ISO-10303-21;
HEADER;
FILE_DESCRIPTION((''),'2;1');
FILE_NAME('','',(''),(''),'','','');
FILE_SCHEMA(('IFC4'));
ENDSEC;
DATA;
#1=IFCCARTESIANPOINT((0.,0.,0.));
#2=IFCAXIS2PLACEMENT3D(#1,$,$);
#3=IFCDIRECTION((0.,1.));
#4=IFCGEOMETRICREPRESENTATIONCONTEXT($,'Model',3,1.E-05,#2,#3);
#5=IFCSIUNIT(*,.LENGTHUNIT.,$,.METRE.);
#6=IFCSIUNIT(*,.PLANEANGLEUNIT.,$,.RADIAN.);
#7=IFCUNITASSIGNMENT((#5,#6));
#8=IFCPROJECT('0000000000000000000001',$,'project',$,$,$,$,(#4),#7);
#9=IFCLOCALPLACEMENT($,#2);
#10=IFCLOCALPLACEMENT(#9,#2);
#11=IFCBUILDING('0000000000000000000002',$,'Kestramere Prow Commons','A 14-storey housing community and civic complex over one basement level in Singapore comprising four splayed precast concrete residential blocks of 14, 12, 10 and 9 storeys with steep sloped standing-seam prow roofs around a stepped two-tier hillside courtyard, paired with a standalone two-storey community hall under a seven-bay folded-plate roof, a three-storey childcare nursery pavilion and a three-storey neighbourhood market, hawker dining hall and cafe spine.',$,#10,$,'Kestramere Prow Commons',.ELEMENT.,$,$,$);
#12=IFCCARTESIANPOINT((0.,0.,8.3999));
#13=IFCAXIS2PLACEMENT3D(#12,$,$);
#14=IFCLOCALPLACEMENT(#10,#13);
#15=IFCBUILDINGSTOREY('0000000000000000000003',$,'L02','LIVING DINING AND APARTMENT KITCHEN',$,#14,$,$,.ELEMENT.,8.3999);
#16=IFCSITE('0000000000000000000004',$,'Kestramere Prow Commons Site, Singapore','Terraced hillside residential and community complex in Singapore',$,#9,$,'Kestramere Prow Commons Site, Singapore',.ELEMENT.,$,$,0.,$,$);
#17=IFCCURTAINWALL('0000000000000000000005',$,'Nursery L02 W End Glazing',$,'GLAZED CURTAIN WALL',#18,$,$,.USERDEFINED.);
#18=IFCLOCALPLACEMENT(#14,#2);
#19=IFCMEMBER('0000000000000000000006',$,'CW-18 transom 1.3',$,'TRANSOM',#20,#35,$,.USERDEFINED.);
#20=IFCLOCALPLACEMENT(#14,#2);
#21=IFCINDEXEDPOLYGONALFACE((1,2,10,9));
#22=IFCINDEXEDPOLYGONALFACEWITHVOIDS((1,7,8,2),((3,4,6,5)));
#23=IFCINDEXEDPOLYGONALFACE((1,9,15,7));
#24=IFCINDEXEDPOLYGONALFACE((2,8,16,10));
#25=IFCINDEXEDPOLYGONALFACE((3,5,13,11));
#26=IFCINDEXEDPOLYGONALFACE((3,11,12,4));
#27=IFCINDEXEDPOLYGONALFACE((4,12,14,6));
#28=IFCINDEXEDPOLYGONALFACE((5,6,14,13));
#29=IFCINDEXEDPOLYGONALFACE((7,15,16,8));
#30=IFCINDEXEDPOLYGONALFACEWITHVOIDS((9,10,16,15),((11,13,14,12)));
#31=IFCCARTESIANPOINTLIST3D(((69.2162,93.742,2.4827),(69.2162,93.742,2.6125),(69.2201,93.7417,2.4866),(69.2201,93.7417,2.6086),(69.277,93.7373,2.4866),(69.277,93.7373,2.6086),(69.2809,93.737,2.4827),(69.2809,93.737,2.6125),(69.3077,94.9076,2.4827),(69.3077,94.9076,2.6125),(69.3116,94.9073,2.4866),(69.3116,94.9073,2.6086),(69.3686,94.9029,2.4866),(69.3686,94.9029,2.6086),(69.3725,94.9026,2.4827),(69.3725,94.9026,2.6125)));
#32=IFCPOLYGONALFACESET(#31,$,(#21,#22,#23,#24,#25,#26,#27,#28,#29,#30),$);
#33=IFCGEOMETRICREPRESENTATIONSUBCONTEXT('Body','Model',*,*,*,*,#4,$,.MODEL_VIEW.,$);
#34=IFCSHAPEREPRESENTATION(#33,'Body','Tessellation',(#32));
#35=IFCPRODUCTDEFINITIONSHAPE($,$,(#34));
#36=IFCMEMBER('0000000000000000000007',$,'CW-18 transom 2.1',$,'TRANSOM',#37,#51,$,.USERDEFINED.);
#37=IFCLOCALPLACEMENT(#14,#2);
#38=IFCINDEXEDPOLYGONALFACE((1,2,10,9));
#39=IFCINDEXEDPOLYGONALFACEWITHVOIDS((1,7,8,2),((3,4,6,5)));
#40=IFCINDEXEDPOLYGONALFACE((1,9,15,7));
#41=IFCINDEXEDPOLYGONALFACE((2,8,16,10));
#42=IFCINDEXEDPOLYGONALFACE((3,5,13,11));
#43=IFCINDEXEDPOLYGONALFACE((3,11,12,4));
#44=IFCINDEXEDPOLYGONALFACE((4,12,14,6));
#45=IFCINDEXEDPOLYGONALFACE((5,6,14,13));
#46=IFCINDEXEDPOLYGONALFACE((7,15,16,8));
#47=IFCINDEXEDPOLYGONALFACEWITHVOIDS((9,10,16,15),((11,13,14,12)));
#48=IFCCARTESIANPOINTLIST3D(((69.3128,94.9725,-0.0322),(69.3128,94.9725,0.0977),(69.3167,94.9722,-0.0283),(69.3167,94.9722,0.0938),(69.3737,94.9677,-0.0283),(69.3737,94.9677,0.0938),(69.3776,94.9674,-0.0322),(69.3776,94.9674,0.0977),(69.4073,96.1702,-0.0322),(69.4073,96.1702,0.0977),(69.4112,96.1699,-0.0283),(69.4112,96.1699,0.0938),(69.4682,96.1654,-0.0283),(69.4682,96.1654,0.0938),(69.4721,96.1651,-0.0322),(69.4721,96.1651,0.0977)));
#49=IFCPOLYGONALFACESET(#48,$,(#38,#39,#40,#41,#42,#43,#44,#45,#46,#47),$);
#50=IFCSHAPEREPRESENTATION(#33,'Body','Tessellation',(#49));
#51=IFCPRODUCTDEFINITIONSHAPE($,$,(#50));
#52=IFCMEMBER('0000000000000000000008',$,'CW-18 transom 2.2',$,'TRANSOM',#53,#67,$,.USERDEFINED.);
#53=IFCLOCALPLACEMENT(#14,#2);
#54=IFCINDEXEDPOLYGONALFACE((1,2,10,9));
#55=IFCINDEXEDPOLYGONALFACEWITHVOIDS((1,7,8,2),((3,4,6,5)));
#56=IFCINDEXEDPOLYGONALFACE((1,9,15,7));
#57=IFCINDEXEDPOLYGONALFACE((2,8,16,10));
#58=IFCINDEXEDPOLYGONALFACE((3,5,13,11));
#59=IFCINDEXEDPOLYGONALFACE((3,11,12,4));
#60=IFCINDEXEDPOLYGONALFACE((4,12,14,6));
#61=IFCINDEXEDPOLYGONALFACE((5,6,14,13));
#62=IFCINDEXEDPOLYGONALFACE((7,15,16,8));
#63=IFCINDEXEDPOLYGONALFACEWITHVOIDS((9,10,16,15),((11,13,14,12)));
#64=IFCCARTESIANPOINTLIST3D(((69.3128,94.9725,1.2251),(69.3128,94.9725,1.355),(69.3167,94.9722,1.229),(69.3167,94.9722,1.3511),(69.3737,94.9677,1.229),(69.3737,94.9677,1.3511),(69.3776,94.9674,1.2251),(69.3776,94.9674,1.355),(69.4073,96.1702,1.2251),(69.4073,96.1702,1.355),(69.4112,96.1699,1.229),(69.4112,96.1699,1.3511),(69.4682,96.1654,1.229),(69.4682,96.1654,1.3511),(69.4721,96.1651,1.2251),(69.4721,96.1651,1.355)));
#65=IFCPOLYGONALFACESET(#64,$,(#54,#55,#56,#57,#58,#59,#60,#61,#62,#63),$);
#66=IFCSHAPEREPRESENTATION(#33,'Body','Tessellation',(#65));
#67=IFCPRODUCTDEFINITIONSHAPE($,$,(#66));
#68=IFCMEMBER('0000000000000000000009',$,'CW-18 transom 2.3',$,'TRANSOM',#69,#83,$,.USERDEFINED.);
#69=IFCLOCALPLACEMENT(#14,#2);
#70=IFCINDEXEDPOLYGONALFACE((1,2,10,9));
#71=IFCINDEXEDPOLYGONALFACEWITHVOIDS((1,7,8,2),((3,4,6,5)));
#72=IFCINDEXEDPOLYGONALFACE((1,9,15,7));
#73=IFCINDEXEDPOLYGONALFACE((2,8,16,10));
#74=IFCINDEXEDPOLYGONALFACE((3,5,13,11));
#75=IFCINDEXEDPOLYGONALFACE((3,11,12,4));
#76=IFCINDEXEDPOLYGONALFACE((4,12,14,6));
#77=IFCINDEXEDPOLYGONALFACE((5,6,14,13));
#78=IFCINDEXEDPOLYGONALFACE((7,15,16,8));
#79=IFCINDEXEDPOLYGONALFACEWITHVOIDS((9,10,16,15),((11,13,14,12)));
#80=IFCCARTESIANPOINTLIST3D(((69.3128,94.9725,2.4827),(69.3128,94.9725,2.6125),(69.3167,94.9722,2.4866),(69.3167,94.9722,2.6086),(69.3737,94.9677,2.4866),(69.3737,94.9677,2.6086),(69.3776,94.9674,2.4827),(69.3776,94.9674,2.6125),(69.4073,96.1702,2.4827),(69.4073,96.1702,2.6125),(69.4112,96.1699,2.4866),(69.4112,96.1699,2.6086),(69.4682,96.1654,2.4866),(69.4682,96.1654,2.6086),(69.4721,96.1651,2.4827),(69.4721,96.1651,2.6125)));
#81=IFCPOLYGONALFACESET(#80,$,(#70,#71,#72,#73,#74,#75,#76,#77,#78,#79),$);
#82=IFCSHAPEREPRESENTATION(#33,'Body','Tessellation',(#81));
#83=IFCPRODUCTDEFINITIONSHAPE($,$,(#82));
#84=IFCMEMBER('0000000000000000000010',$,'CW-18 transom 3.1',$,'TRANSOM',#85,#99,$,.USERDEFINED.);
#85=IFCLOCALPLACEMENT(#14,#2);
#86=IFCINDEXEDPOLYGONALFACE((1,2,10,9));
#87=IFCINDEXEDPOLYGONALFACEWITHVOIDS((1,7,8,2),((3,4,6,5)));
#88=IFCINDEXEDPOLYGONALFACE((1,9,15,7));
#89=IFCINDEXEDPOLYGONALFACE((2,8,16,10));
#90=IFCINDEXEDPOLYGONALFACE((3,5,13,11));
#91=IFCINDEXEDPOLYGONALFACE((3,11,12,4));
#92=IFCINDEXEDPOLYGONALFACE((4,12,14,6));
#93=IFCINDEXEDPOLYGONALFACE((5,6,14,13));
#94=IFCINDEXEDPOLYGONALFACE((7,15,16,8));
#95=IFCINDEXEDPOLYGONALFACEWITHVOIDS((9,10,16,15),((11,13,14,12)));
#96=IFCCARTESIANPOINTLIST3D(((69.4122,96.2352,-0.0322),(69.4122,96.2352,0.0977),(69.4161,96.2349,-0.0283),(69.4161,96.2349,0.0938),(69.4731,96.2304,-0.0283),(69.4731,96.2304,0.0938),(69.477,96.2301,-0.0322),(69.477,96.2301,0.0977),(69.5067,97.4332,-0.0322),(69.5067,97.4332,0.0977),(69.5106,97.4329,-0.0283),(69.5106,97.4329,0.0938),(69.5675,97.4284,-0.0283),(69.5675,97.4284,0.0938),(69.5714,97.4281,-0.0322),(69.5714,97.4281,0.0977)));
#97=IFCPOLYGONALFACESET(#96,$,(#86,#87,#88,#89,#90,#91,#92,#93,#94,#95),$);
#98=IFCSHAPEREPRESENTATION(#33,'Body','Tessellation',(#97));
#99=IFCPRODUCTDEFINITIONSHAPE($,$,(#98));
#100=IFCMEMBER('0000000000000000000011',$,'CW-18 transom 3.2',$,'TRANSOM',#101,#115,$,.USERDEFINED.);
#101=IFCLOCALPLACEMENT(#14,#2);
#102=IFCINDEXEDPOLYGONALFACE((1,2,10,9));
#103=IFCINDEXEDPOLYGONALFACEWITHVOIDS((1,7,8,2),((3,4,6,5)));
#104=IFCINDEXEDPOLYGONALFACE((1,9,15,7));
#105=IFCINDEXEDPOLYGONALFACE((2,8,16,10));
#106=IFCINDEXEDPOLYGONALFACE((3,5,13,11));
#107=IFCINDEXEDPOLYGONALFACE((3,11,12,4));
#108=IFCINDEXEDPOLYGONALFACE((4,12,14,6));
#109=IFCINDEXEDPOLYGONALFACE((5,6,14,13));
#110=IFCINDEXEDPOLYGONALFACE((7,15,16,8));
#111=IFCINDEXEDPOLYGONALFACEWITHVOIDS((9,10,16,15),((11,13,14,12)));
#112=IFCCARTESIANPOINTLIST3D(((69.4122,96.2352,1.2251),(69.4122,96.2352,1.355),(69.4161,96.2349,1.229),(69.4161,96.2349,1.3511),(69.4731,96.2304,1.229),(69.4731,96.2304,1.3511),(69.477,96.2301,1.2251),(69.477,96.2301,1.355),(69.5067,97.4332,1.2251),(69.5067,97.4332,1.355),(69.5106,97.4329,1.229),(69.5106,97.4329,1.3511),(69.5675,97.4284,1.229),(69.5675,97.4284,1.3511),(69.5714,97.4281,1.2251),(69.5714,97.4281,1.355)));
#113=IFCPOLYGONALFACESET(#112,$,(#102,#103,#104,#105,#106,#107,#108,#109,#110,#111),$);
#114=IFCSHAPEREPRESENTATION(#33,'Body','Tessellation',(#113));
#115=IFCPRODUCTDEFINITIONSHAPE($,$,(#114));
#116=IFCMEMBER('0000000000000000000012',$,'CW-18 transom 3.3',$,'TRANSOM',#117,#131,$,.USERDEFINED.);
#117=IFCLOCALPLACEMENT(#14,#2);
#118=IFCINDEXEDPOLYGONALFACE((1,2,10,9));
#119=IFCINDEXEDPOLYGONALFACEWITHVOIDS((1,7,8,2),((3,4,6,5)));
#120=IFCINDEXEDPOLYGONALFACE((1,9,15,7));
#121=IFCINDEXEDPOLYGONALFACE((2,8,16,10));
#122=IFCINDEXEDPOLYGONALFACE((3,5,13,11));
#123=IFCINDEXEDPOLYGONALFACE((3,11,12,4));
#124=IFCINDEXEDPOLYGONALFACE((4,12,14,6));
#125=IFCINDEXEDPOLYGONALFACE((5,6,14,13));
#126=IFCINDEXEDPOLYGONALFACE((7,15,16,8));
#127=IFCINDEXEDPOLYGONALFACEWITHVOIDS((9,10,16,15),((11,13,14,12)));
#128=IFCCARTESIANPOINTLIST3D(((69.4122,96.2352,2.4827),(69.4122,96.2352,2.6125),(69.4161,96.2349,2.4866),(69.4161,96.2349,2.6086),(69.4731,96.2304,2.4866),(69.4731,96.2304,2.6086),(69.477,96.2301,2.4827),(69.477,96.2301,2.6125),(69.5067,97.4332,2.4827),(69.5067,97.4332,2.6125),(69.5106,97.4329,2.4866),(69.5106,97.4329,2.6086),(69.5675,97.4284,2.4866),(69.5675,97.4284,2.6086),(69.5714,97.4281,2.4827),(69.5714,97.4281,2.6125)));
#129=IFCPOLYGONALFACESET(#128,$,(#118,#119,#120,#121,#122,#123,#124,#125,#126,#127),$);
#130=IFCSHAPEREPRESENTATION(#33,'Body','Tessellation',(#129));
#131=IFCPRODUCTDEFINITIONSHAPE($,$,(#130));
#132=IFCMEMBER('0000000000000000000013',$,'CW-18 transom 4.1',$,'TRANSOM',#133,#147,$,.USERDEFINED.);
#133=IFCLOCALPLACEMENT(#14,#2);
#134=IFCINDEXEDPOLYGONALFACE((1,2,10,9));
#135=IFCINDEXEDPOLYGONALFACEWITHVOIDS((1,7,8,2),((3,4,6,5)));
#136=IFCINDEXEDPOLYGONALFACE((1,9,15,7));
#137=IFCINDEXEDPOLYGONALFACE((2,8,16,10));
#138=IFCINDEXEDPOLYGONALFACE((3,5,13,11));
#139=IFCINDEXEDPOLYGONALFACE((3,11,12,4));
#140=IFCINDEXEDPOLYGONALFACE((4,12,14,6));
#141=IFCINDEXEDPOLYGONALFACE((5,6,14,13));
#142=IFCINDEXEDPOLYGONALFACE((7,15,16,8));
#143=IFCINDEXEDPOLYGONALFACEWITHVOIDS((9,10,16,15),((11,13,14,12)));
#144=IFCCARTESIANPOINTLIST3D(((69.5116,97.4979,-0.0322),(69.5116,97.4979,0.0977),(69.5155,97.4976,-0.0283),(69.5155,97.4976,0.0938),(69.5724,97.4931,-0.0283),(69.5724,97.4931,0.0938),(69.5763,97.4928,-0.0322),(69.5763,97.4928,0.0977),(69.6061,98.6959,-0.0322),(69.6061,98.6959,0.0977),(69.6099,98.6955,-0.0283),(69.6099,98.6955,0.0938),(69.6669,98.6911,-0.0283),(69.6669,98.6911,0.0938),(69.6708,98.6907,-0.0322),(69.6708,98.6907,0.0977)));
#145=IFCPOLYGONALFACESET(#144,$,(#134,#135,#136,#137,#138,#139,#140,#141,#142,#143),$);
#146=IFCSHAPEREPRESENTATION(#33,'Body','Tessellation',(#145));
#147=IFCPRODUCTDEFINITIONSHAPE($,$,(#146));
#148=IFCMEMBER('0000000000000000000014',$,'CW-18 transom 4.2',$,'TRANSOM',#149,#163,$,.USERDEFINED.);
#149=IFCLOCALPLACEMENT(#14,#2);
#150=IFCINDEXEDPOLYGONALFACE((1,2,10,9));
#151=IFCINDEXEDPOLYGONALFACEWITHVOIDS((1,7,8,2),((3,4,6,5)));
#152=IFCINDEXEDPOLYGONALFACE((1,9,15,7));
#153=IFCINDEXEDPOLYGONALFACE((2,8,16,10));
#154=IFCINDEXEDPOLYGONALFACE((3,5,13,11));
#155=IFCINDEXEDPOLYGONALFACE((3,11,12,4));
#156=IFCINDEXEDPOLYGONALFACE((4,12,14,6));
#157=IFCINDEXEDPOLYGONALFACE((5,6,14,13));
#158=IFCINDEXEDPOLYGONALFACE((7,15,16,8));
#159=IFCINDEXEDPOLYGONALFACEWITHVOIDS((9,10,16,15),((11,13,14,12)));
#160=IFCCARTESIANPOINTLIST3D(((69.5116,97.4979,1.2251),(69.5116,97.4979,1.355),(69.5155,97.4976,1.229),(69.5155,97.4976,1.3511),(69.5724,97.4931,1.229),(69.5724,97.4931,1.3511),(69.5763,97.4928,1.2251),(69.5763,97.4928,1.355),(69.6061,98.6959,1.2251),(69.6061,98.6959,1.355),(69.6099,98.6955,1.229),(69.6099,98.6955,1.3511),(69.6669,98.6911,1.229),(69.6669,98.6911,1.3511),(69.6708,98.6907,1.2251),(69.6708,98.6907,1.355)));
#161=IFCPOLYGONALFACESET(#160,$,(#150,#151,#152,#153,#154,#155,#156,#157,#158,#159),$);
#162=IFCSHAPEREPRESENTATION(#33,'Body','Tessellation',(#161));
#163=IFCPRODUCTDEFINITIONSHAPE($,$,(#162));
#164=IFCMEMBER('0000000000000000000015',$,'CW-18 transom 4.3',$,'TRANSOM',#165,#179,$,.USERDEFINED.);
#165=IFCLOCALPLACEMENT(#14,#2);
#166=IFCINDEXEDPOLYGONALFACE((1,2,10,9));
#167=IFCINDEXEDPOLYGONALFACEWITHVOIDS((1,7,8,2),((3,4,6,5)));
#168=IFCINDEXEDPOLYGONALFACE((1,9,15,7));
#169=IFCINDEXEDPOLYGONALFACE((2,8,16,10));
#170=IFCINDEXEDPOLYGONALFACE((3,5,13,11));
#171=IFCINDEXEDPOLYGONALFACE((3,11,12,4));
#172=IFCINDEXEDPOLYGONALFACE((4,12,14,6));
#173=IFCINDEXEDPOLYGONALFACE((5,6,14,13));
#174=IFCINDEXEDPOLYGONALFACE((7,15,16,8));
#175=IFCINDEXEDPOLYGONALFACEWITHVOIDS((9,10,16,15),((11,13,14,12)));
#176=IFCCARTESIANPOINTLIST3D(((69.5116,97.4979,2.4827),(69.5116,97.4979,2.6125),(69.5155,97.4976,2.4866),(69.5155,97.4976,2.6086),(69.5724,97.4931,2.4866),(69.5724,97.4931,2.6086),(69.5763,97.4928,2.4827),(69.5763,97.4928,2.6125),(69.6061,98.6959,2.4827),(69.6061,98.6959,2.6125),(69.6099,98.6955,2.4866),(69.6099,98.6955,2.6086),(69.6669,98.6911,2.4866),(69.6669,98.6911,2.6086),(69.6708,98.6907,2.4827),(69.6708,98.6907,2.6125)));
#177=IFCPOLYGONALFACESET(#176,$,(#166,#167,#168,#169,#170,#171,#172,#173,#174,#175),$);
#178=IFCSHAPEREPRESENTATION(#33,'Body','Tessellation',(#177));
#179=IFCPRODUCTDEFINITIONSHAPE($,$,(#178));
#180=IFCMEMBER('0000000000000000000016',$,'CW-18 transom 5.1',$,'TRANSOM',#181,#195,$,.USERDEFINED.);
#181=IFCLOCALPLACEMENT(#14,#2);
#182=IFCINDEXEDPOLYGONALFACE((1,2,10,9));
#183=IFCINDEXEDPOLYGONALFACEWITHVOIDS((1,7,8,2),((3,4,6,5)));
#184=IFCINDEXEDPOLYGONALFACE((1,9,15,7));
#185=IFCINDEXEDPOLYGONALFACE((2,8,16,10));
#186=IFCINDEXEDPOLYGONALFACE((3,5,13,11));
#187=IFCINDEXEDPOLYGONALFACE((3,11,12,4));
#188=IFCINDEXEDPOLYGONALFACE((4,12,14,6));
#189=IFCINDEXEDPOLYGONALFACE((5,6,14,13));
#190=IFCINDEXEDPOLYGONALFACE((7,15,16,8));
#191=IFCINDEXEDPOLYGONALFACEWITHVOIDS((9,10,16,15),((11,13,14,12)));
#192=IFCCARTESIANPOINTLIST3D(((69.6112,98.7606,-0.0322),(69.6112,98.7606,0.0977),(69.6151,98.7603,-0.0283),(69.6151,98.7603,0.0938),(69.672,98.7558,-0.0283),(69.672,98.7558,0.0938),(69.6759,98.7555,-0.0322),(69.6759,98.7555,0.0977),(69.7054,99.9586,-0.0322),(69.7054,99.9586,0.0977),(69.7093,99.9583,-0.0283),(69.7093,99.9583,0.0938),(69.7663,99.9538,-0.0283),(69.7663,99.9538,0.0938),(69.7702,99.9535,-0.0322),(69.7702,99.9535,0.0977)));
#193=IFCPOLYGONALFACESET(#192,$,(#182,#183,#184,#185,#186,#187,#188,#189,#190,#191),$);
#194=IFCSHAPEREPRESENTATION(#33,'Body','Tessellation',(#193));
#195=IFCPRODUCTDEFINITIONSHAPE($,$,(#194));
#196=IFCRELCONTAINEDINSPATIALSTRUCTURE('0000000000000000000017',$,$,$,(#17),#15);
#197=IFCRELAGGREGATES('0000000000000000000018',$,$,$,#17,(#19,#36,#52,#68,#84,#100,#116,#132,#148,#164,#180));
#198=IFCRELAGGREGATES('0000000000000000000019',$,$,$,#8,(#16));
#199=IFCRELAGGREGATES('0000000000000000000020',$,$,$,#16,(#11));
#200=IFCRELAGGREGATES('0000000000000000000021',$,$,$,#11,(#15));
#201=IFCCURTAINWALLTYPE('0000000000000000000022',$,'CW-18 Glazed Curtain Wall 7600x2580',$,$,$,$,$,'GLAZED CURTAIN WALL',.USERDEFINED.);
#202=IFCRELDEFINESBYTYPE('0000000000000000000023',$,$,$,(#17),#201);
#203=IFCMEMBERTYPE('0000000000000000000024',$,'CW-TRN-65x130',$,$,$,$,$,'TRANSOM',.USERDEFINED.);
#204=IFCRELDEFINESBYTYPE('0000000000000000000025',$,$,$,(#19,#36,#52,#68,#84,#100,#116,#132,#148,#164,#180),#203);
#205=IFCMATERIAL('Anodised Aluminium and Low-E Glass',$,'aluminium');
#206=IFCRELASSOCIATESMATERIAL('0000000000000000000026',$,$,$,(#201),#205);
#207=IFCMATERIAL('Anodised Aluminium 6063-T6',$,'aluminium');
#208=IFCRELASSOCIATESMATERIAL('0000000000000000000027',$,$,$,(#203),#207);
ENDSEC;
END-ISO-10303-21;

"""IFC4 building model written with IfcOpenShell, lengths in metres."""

from ifc_helpers import new_model, si_unit, direction, frame, origin, origin_2d, place, context, subcontext, project, spatial, hollow_rectangle, extrude, material, material_profile, profile_set, type_object, element, aggregate, save


model = new_model("IFC4")

# Units and contexts
model_context = context("Model", 3, precision=1e-05, world=origin(), true_north=direction((0.0, 1.0)))
body_context = subcontext(model_context, "Body", "Model", "MODEL_VIEW")
ifc_project = project(units=[si_unit("LENGTHUNIT", "METRE"), si_unit("PLANEANGLEUNIT", "RADIAN")], contexts=[model_context])

# Site, building, storey
site_placement = place(None, origin())
site = spatial("IfcSite", under=ifc_project, at=site_placement, Name="Kestramere Prow Commons Site, Singapore", Description="Terraced hillside residential and community complex in Singapore", LongName="Kestramere Prow Commons Site, Singapore", CompositionType="ELEMENT", RefElevation=0.0)
building_placement = place(site_placement, origin())
building = spatial("IfcBuilding", under=site, at=building_placement, Name="Kestramere Prow Commons", Description="A 14-storey housing community and civic complex over one basement level in Singapore comprising four splayed precast concrete residential blocks of 14, 12, 10 and 9 storeys with steep sloped standing-seam prow roofs around a stepped two-tier hillside courtyard, paired with a standalone two-storey community hall under a seven-bay folded-plate roof, a three-storey childcare nursery pavilion and a three-storey neighbourhood market, hawker dining hall and cafe spine.", LongName="Kestramere Prow Commons", CompositionType="ELEMENT")
storey_placement = place(building_placement, frame((0.0, 0.0, 8.3999)))
storey = spatial("IfcBuildingStorey", under=building, at=storey_placement, Name="L02", Description="LIVING DINING AND APARTMENT KITCHEN", CompositionType="ELEMENT", Elevation=8.3999)

# Curtain wall, members
ifc_material_1 = material(Name="Anodised Aluminium and Low-E Glass", Category="aluminium")
curtain_wall_type = type_object("IfcCurtainWallType", Name="CW-18 Glazed Curtain Wall 7600x2580", ElementType="GLAZED CURTAIN WALL", PredefinedType="USERDEFINED", material=ifc_material_1)
curtain_wall_placement = place(storey_placement, origin())
curtain_wall = element("IfcCurtainWall", 1, at=curtain_wall_placement, inside=storey, type_object=curtain_wall_type, Name="Nursery L02 W End Glazing", ObjectType="GLAZED CURTAIN WALL", PredefinedType="USERDEFINED")
ifc_material_2 = material(Name="Anodised Aluminium 6063-T6", Category="aluminium")
ifc_material_profile_1 = material_profile(ifc_material_2, hollow_rectangle(XDim=0.0649, YDim=0.1299, WallThickness=0.0039, at=origin_2d()), Name="ALU-TRN 65x130")
ifc_profile_set_1 = profile_set([ifc_material_profile_1], Name="Anodised Aluminium 6063-T6")
member_type_1 = type_object("IfcMemberType", Name="CW-TRN-65x130", ElementType="TRANSOM", PredefinedType="USERDEFINED", material=ifc_profile_set_1)
member_1_placement = place(storey_placement, frame((69.2485, 93.7395, 2.5476), z_axis=(0.078309, 0.996929, 0.0), x_axis=(-0.996929, 0.078309, 0.0)))
member_1 = element("IfcMember", 2, at=member_1_placement, type_object=member_type_1, Name="CW-18 transom 1.3", ObjectType="TRANSOM", PredefinedType="USERDEFINED", context=body_context, shape_type="SweptSolid", body=[
    extrude(hollow_rectangle(XDim=0.0649, YDim=0.1299, WallThickness=0.0039, at=origin_2d()), origin(), (0.0, 0.0, 1.0), 1.1692),
])
member_2_placement = place(storey_placement, frame((69.3452, 94.97, 0.0327), z_axis=(0.078639, 0.996903, 0.0), x_axis=(-0.996903, 0.078639, 0.0)))
member_2 = element("IfcMember", 3, at=member_2_placement, type_object=member_type_1, Name="CW-18 transom 2.1", ObjectType="TRANSOM", PredefinedType="USERDEFINED", context=body_context, shape_type="SweptSolid", body=[
    extrude(hollow_rectangle(XDim=0.0649, YDim=0.1299, WallThickness=0.0039, at=origin_2d()), origin(), (0.0, 0.0, 1.0), 1.2014),
])
member_3_placement = place(storey_placement, frame((69.3452, 94.97, 1.29), z_axis=(0.078639, 0.996903, 0.0), x_axis=(-0.996903, 0.078639, 0.0)))
member_3 = element("IfcMember", 4, at=member_3_placement, type_object=member_type_1, Name="CW-18 transom 2.2", ObjectType="TRANSOM", PredefinedType="USERDEFINED", context=body_context, shape_type="SweptSolid", body=[
    extrude(hollow_rectangle(XDim=0.0649, YDim=0.1299, WallThickness=0.0039, at=origin_2d()), origin(), (0.0, 0.0, 1.0), 1.2014),
])
member_4_placement = place(storey_placement, frame((69.3452, 94.97, 2.5476), z_axis=(0.078639, 0.996903, 0.0), x_axis=(-0.996903, 0.078639, 0.0)))
member_4 = element("IfcMember", 5, at=member_4_placement, type_object=member_type_1, Name="CW-18 transom 2.3", ObjectType="TRANSOM", PredefinedType="USERDEFINED", context=body_context, shape_type="SweptSolid", body=[
    extrude(hollow_rectangle(XDim=0.0649, YDim=0.1299, WallThickness=0.0039, at=origin_2d()), origin(), (0.0, 0.0, 1.0), 1.2014),
])
member_5_placement = place(storey_placement, frame((69.4446, 96.2327, 0.0327), z_axis=(0.078623, 0.996904, 0.0), x_axis=(-0.996904, 0.078623, 0.0)))
member_5 = element("IfcMember", 6, at=member_5_placement, type_object=member_type_1, Name="CW-18 transom 3.1", ObjectType="TRANSOM", PredefinedType="USERDEFINED", context=body_context, shape_type="SweptSolid", body=[
    extrude(hollow_rectangle(XDim=0.0649, YDim=0.1299, WallThickness=0.0039, at=origin_2d()), origin(), (0.0, 0.0, 1.0), 1.2017),
])
member_6_placement = place(storey_placement, frame((69.4446, 96.2327, 1.29), z_axis=(0.078623, 0.996904, 0.0), x_axis=(-0.996904, 0.078623, 0.0)))
member_6 = element("IfcMember", 7, at=member_6_placement, type_object=member_type_1, Name="CW-18 transom 3.2", ObjectType="TRANSOM", PredefinedType="USERDEFINED", context=body_context, shape_type="SweptSolid", body=[
    extrude(hollow_rectangle(XDim=0.0649, YDim=0.1299, WallThickness=0.0039, at=origin_2d()), origin(), (0.0, 0.0, 1.0), 1.2017),
])
member_7_placement = place(storey_placement, frame((69.4446, 96.2327, 2.5476), z_axis=(0.078623, 0.996904, 0.0), x_axis=(-0.996904, 0.078623, 0.0)))
member_7 = element("IfcMember", 8, at=member_7_placement, type_object=member_type_1, Name="CW-18 transom 3.3", ObjectType="TRANSOM", PredefinedType="USERDEFINED", context=body_context, shape_type="SweptSolid", body=[
    extrude(hollow_rectangle(XDim=0.0649, YDim=0.1299, WallThickness=0.0039, at=origin_2d()), origin(), (0.0, 0.0, 1.0), 1.2017),
])
member_8_placement = place(storey_placement, frame((69.5439, 97.4954, 0.0327), z_axis=(0.078623, 0.996904, 0.0), x_axis=(-0.996904, 0.078623, 0.0)))
member_8 = element("IfcMember", 9, at=member_8_placement, type_object=member_type_1, Name="CW-18 transom 4.1", ObjectType="TRANSOM", PredefinedType="USERDEFINED", context=body_context, shape_type="SweptSolid", body=[
    extrude(hollow_rectangle(XDim=0.0649, YDim=0.1299, WallThickness=0.0039, at=origin_2d()), origin(), (0.0, 0.0, 1.0), 1.2017),
])
member_9_placement = place(storey_placement, frame((69.5439, 97.4954, 1.29), z_axis=(0.078623, 0.996904, 0.0), x_axis=(-0.996904, 0.078623, 0.0)))
member_9 = element("IfcMember", 10, at=member_9_placement, type_object=member_type_1, Name="CW-18 transom 4.2", ObjectType="TRANSOM", PredefinedType="USERDEFINED", context=body_context, shape_type="SweptSolid", body=[
    extrude(hollow_rectangle(XDim=0.0649, YDim=0.1299, WallThickness=0.0039, at=origin_2d()), origin(), (0.0, 0.0, 1.0), 1.2017),
])
member_10_placement = place(storey_placement, frame((69.5439, 97.4954, 2.5476), z_axis=(0.078623, 0.996904, 0.0), x_axis=(-0.996904, 0.078623, 0.0)))
member_10 = element("IfcMember", 11, at=member_10_placement, type_object=member_type_1, Name="CW-18 transom 4.3", ObjectType="TRANSOM", PredefinedType="USERDEFINED", context=body_context, shape_type="SweptSolid", body=[
    extrude(hollow_rectangle(XDim=0.0649, YDim=0.1299, WallThickness=0.0039, at=origin_2d()), origin(), (0.0, 0.0, 1.0), 1.2017),
])
member_11_placement = place(storey_placement, frame((69.6436, 98.7581, 0.0327), z_axis=(0.078421, 0.99692, 0.0), x_axis=(-0.99692, 0.078421, 0.0)))
member_11 = element("IfcMember", 12, at=member_11_placement, type_object=member_type_1, Name="CW-18 transom 5.1", ObjectType="TRANSOM", PredefinedType="USERDEFINED", context=body_context, shape_type="SweptSolid", body=[
    extrude(hollow_rectangle(XDim=0.0649, YDim=0.1299, WallThickness=0.0039, at=origin_2d()), origin(), (0.0, 0.0, 1.0), 1.2017),
])
aggregate(curtain_wall, [member_1, member_2, member_3, member_4, member_5, member_6, member_7, member_8, member_9, member_10, member_11])

save(model, "model.ifc")
